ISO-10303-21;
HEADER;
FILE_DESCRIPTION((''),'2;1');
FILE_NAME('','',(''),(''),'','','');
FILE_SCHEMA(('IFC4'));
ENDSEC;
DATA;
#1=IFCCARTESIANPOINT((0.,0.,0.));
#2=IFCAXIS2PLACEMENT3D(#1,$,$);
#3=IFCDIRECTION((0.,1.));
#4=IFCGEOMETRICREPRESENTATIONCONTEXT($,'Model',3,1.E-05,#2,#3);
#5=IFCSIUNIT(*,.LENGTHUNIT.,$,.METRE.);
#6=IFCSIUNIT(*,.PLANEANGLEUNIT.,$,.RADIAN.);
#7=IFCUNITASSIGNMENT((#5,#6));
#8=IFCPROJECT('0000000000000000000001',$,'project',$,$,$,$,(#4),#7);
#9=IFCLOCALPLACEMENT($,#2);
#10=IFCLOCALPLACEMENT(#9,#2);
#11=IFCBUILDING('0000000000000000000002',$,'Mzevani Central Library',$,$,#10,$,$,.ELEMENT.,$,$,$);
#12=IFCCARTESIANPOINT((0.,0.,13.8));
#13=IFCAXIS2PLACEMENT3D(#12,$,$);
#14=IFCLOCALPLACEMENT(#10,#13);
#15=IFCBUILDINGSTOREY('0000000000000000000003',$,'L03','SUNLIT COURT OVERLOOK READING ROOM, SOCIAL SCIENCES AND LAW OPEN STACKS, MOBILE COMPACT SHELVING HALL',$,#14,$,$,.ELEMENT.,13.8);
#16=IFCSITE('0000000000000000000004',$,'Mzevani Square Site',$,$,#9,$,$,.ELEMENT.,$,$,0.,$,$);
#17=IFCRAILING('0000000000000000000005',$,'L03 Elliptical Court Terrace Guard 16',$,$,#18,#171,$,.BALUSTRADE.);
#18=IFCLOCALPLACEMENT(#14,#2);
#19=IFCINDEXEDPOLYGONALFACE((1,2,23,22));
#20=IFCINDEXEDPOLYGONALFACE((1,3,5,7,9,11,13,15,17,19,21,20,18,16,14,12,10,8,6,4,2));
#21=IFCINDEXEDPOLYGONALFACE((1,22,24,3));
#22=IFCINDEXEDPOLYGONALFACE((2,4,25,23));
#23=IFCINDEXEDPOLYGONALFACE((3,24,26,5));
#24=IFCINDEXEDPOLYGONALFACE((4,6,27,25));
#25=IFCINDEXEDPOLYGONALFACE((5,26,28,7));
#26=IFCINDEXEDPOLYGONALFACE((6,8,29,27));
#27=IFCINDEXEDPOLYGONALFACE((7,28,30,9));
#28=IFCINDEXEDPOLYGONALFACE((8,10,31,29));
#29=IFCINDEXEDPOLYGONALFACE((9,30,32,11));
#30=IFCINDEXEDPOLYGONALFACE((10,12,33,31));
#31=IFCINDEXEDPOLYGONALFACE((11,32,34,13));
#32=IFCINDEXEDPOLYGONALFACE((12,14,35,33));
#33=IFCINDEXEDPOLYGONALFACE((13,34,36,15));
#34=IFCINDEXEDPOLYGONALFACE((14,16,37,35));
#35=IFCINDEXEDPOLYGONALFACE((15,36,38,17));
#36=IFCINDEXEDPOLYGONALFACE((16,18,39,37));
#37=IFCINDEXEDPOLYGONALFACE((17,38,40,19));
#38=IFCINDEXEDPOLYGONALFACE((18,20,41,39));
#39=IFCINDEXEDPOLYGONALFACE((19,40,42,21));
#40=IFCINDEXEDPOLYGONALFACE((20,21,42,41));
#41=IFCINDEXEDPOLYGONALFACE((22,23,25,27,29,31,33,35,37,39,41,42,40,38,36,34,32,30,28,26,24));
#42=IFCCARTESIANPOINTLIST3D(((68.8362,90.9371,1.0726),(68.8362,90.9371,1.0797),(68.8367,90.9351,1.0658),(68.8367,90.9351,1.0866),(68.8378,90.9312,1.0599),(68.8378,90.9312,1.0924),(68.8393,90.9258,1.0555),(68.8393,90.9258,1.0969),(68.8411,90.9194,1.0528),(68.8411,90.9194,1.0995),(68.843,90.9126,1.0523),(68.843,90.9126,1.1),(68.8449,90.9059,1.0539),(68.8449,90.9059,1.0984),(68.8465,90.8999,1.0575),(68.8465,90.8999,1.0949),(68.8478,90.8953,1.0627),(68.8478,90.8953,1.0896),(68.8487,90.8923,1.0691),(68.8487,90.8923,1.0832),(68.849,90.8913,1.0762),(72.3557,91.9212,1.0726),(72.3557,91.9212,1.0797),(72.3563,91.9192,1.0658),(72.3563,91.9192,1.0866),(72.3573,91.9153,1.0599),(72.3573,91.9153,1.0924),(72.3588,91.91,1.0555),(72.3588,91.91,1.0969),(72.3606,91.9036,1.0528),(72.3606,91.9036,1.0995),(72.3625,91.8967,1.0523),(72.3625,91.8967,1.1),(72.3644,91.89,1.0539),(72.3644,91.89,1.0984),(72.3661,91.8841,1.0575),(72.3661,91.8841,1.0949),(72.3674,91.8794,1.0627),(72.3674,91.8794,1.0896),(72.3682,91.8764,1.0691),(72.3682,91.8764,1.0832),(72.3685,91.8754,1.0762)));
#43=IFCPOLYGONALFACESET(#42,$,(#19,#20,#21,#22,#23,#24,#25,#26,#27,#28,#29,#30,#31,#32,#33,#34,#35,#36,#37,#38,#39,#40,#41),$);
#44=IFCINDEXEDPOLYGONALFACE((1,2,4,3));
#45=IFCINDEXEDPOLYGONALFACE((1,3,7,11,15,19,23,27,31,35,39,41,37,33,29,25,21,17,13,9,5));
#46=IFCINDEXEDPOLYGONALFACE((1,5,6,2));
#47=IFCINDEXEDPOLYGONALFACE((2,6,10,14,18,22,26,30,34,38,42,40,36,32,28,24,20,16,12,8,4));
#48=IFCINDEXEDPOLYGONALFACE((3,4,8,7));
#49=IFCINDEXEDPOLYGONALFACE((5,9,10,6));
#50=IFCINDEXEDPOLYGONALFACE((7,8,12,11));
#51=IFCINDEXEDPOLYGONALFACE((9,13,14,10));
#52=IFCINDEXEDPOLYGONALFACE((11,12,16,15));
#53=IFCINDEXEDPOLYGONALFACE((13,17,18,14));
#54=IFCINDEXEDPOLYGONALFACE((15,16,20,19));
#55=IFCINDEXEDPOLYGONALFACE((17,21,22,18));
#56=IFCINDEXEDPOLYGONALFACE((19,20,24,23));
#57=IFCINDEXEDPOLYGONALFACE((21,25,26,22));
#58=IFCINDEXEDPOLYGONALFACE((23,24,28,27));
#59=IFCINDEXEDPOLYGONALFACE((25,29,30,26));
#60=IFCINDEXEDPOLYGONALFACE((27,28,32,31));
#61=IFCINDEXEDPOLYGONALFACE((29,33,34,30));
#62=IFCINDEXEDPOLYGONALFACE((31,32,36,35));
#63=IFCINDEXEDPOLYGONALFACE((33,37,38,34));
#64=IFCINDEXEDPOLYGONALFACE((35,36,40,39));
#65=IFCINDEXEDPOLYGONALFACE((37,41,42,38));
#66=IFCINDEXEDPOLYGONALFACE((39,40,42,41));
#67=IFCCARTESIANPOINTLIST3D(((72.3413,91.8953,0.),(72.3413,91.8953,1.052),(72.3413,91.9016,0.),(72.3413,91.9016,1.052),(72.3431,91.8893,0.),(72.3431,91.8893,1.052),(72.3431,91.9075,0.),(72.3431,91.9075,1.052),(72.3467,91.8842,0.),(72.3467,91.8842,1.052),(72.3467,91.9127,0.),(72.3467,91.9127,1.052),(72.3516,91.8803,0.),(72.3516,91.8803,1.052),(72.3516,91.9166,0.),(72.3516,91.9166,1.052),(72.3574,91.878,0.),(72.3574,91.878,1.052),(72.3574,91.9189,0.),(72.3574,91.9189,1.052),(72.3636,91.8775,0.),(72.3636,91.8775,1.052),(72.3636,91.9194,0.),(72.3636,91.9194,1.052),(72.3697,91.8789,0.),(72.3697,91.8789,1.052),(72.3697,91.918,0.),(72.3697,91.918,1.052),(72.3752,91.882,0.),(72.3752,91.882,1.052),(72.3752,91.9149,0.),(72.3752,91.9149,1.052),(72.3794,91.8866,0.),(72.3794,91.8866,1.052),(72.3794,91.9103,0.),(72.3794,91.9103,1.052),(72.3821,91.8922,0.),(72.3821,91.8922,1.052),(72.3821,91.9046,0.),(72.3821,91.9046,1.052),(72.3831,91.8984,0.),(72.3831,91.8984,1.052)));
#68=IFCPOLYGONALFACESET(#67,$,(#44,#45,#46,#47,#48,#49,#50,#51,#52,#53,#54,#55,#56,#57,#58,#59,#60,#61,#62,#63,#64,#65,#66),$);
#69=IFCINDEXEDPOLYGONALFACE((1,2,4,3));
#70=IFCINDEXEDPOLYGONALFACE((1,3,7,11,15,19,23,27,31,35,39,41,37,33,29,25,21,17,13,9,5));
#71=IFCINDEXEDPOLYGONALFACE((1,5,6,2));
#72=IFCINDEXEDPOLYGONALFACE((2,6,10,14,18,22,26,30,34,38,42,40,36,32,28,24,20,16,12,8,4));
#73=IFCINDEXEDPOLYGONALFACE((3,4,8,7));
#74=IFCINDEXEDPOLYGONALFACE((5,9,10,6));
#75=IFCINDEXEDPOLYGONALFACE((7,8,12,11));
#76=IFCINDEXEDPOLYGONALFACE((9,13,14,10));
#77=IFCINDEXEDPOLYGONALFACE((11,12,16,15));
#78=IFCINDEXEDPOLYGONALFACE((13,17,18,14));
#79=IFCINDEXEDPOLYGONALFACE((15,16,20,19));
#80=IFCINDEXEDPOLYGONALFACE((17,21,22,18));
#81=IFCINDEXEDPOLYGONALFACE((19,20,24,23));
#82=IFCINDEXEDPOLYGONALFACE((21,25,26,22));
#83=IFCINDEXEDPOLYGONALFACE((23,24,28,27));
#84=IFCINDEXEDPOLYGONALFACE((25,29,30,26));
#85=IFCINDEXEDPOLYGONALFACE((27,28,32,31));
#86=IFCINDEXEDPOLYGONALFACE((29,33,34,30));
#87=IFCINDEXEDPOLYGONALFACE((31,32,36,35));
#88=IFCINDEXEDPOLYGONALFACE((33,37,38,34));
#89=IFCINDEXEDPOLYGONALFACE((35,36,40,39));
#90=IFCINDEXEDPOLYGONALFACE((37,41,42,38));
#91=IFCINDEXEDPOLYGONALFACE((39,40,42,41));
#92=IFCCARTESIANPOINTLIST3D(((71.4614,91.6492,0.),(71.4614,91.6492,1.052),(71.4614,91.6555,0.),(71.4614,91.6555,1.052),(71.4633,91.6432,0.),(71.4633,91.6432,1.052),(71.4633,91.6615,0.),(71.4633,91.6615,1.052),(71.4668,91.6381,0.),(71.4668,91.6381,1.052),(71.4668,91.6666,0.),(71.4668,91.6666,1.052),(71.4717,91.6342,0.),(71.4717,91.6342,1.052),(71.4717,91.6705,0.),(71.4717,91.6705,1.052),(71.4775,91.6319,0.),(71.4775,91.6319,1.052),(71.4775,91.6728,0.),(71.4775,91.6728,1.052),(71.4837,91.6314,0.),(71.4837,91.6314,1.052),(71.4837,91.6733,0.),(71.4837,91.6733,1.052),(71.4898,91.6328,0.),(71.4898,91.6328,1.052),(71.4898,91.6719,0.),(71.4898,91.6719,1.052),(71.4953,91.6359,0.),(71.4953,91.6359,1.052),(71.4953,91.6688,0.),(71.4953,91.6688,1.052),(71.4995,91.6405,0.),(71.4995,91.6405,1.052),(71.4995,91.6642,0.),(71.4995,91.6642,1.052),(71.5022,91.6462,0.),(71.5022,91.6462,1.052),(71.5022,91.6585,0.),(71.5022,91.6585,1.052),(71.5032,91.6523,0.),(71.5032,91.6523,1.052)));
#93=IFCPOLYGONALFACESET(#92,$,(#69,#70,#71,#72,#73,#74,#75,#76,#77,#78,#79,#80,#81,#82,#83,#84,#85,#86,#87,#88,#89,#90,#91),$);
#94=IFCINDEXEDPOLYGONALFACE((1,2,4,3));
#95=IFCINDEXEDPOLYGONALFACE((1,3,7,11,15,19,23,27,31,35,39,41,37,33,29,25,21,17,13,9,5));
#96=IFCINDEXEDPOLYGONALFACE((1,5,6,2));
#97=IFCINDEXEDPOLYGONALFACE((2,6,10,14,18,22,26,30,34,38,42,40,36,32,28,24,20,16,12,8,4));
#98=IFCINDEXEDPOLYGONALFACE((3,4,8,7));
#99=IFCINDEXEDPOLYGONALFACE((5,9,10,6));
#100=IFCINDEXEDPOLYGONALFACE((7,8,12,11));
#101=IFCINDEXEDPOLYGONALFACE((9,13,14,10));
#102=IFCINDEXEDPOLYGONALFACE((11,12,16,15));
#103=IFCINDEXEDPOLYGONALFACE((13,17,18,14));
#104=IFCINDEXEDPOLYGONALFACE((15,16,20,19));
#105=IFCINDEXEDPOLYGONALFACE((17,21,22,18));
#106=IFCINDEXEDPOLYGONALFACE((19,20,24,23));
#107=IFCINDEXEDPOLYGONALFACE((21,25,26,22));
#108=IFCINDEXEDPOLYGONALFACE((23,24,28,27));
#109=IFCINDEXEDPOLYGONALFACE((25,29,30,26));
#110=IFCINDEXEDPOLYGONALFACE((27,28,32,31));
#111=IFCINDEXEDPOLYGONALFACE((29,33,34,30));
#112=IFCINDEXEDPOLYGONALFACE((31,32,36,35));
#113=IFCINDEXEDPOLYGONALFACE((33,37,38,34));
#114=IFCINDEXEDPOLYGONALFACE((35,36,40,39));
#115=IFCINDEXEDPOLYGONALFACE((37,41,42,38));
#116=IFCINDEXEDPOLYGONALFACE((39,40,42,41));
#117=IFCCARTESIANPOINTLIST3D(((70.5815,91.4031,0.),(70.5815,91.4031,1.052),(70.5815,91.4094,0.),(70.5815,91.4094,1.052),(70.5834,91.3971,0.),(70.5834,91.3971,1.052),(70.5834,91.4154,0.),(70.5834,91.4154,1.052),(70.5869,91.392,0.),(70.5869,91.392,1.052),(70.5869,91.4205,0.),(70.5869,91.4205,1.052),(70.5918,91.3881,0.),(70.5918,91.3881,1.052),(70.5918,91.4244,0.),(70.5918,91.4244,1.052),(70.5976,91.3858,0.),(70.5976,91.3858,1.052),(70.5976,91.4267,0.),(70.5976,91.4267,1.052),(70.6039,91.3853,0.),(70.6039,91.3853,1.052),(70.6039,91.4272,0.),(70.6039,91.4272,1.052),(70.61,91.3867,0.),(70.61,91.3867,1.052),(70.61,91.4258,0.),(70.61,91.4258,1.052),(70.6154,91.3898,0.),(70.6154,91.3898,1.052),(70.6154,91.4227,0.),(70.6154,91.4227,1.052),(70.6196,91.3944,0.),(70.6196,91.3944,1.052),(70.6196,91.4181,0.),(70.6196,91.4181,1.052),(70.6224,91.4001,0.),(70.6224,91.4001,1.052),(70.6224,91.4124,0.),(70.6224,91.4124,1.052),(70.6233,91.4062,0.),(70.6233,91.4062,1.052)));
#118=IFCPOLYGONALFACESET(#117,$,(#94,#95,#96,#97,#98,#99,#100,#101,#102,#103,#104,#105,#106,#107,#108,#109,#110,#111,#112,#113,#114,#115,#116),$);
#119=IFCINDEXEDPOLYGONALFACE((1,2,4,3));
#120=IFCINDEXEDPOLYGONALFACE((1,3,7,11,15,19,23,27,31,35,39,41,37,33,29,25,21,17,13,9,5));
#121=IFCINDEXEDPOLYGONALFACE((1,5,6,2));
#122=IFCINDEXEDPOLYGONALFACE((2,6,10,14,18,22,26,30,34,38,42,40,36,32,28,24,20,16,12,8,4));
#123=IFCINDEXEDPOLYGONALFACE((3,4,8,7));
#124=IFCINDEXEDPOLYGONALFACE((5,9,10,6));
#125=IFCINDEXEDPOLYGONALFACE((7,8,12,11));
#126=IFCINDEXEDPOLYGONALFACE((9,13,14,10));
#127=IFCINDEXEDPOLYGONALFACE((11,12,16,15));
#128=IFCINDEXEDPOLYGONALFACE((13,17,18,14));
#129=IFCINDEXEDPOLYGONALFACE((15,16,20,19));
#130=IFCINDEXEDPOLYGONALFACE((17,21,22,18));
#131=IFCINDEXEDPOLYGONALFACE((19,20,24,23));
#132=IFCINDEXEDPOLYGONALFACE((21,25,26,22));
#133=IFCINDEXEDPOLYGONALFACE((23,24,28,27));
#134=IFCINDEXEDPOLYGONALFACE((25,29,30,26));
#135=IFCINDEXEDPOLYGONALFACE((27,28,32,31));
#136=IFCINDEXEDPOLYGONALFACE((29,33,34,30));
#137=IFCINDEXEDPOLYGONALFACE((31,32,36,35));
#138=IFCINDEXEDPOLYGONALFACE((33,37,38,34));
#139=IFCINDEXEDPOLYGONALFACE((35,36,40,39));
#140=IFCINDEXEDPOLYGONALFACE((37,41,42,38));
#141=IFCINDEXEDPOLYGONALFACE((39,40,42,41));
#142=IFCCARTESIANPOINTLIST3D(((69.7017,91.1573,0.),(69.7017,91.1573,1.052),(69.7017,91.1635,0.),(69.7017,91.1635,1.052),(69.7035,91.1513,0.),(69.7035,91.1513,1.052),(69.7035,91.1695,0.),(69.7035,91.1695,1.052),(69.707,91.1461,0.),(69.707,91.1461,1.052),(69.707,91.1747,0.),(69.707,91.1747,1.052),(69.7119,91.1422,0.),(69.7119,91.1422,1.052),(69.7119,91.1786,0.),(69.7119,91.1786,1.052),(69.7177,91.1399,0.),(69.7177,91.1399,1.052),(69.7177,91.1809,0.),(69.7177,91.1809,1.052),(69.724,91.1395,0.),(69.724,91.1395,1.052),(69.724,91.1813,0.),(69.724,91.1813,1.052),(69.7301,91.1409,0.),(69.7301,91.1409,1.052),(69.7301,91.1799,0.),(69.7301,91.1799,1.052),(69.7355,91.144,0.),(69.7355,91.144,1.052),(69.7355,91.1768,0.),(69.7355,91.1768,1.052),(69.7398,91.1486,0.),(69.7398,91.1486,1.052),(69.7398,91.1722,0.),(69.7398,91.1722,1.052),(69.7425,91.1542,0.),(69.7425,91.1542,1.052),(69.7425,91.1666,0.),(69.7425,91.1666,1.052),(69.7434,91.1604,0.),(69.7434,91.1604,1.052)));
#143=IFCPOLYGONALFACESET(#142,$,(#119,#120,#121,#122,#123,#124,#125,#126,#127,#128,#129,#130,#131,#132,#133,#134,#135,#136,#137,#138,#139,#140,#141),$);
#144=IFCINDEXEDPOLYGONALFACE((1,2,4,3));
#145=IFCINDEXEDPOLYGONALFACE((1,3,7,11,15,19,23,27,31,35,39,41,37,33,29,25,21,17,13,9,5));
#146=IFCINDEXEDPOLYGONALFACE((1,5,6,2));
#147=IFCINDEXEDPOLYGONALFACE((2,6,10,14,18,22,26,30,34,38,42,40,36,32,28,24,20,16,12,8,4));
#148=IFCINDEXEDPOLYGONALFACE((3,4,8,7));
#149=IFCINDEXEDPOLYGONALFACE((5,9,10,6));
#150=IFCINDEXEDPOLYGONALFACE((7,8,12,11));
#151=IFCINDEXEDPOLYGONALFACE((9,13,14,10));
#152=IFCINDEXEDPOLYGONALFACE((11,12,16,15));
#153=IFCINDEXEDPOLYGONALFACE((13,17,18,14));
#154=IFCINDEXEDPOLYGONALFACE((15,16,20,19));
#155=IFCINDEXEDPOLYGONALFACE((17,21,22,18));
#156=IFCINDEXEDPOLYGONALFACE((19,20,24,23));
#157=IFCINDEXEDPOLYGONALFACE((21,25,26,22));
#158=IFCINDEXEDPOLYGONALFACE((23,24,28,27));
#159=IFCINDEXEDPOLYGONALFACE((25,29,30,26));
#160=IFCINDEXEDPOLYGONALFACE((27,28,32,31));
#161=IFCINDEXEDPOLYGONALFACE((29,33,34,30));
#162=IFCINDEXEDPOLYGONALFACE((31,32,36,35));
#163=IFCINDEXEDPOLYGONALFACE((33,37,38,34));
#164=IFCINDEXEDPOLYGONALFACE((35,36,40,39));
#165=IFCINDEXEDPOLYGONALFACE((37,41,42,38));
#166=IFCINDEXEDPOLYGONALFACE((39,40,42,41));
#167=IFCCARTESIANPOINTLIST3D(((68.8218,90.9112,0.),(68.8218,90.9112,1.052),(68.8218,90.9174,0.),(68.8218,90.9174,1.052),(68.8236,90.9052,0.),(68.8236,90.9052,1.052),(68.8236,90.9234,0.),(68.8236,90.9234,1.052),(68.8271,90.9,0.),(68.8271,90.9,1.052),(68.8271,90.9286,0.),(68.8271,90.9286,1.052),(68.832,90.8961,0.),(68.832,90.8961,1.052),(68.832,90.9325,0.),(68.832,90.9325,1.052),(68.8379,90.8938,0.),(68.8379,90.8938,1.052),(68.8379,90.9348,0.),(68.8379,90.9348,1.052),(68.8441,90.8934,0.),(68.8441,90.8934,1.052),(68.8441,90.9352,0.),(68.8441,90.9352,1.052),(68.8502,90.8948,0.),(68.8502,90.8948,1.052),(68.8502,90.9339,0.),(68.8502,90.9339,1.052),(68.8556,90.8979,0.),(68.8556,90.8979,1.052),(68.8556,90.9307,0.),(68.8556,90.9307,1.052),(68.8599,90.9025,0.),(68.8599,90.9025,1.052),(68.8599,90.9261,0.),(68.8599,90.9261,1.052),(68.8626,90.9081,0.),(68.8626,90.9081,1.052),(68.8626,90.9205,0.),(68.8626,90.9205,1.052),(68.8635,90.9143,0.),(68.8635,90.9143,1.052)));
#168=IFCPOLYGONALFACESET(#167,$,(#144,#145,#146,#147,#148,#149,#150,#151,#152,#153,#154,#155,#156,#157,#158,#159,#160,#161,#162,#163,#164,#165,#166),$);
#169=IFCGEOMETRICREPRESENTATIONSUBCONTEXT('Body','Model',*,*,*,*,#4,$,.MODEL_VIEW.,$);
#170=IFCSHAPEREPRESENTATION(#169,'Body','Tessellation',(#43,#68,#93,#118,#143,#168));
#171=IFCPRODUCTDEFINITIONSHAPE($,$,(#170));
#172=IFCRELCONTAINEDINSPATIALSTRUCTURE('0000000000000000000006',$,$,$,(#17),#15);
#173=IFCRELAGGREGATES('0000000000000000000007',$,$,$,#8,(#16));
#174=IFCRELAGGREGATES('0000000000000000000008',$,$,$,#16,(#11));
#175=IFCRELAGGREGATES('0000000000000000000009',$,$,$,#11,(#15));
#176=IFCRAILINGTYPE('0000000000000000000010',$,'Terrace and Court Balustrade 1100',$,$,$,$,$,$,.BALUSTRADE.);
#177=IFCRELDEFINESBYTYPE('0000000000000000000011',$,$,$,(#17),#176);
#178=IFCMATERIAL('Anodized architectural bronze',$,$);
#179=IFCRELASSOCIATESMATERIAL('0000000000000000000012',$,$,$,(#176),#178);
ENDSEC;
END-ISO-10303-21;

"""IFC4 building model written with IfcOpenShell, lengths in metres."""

from ifc_helpers import new_model, si_unit, direction, frame, origin, origin_2d, place, context, subcontext, project, spatial, circle, extrude, material, type_object, element, save


model = new_model("IFC4")

# Units and contexts
model_context = context("Model", 3, precision=1e-05, world=origin(), true_north=direction((0.0, 1.0)))
body_context = subcontext(model_context, "Body", "Model", "MODEL_VIEW")
ifc_project = project(units=[si_unit("LENGTHUNIT", "METRE"), si_unit("PLANEANGLEUNIT", "RADIAN")], contexts=[model_context])

# Site, building, storey
site_placement = place(None, origin())
site = spatial("IfcSite", under=ifc_project, at=site_placement, Name="Mzevani Square Site", CompositionType="ELEMENT", RefElevation=0.0)
building_placement = place(site_placement, origin())
building = spatial("IfcBuilding", under=site, at=building_placement, Name="Mzevani Central Library", CompositionType="ELEMENT")
storey_placement = place(building_placement, frame((0.0, 0.0, 13.8)))
storey = spatial("IfcBuildingStorey", under=building, at=storey_placement, Name="L03", Description="SUNLIT COURT OVERLOOK READING ROOM, SOCIAL SCIENCES AND LAW OPEN STACKS, MOBILE COMPACT SHELVING HALL", CompositionType="ELEMENT", Elevation=13.8)

# Railing
ifc_material_1 = material(Name="Anodized architectural bronze")
railing_type = type_object("IfcRailingType", Name="Terrace and Court Balustrade 1100", PredefinedType="BALUSTRADE", material=ifc_material_1)
railing_1_placement = place(storey_placement, frame((72.3621, 91.8984, 0.0)))
element("IfcRailing", 1, at=railing_1_placement, inside=storey, type_object=railing_type, Name="L03 Elliptical Court Terrace Guard 16", PredefinedType="BALUSTRADE", context=body_context, shape_type="SweptSolid", body=[
    extrude(circle(Radius=0.0239, at=origin_2d()), frame((0.0, 0.0, 1.0762), z_axis=(-0.963059, -0.26929, 0.0), x_axis=(0.26929, -0.963059, 0.0)), (0.0, 0.0, 1.0), 3.6545),
    extrude(circle(Radius=0.021, at=origin_2d()), origin(), (0.0, 0.0, 1.0), 1.052),
    extrude(circle(Radius=0.021, at=origin_2d()), frame((-0.8799, -0.2461, 0.0)), (0.0, 0.0, 1.0), 1.052),
    extrude(circle(Radius=0.021, at=origin_2d()), frame((-1.7598, -0.4922, 0.0)), (0.0, 0.0, 1.0), 1.052),
    extrude(circle(Radius=0.021, at=origin_2d()), frame((-2.6396, -0.738, 0.0)), (0.0, 0.0, 1.0), 1.052),
    extrude(circle(Radius=0.021, at=origin_2d()), frame((-3.5195, -0.9841, 0.0)), (0.0, 0.0, 1.0), 1.052),
])

save(model, "model.ifc")
